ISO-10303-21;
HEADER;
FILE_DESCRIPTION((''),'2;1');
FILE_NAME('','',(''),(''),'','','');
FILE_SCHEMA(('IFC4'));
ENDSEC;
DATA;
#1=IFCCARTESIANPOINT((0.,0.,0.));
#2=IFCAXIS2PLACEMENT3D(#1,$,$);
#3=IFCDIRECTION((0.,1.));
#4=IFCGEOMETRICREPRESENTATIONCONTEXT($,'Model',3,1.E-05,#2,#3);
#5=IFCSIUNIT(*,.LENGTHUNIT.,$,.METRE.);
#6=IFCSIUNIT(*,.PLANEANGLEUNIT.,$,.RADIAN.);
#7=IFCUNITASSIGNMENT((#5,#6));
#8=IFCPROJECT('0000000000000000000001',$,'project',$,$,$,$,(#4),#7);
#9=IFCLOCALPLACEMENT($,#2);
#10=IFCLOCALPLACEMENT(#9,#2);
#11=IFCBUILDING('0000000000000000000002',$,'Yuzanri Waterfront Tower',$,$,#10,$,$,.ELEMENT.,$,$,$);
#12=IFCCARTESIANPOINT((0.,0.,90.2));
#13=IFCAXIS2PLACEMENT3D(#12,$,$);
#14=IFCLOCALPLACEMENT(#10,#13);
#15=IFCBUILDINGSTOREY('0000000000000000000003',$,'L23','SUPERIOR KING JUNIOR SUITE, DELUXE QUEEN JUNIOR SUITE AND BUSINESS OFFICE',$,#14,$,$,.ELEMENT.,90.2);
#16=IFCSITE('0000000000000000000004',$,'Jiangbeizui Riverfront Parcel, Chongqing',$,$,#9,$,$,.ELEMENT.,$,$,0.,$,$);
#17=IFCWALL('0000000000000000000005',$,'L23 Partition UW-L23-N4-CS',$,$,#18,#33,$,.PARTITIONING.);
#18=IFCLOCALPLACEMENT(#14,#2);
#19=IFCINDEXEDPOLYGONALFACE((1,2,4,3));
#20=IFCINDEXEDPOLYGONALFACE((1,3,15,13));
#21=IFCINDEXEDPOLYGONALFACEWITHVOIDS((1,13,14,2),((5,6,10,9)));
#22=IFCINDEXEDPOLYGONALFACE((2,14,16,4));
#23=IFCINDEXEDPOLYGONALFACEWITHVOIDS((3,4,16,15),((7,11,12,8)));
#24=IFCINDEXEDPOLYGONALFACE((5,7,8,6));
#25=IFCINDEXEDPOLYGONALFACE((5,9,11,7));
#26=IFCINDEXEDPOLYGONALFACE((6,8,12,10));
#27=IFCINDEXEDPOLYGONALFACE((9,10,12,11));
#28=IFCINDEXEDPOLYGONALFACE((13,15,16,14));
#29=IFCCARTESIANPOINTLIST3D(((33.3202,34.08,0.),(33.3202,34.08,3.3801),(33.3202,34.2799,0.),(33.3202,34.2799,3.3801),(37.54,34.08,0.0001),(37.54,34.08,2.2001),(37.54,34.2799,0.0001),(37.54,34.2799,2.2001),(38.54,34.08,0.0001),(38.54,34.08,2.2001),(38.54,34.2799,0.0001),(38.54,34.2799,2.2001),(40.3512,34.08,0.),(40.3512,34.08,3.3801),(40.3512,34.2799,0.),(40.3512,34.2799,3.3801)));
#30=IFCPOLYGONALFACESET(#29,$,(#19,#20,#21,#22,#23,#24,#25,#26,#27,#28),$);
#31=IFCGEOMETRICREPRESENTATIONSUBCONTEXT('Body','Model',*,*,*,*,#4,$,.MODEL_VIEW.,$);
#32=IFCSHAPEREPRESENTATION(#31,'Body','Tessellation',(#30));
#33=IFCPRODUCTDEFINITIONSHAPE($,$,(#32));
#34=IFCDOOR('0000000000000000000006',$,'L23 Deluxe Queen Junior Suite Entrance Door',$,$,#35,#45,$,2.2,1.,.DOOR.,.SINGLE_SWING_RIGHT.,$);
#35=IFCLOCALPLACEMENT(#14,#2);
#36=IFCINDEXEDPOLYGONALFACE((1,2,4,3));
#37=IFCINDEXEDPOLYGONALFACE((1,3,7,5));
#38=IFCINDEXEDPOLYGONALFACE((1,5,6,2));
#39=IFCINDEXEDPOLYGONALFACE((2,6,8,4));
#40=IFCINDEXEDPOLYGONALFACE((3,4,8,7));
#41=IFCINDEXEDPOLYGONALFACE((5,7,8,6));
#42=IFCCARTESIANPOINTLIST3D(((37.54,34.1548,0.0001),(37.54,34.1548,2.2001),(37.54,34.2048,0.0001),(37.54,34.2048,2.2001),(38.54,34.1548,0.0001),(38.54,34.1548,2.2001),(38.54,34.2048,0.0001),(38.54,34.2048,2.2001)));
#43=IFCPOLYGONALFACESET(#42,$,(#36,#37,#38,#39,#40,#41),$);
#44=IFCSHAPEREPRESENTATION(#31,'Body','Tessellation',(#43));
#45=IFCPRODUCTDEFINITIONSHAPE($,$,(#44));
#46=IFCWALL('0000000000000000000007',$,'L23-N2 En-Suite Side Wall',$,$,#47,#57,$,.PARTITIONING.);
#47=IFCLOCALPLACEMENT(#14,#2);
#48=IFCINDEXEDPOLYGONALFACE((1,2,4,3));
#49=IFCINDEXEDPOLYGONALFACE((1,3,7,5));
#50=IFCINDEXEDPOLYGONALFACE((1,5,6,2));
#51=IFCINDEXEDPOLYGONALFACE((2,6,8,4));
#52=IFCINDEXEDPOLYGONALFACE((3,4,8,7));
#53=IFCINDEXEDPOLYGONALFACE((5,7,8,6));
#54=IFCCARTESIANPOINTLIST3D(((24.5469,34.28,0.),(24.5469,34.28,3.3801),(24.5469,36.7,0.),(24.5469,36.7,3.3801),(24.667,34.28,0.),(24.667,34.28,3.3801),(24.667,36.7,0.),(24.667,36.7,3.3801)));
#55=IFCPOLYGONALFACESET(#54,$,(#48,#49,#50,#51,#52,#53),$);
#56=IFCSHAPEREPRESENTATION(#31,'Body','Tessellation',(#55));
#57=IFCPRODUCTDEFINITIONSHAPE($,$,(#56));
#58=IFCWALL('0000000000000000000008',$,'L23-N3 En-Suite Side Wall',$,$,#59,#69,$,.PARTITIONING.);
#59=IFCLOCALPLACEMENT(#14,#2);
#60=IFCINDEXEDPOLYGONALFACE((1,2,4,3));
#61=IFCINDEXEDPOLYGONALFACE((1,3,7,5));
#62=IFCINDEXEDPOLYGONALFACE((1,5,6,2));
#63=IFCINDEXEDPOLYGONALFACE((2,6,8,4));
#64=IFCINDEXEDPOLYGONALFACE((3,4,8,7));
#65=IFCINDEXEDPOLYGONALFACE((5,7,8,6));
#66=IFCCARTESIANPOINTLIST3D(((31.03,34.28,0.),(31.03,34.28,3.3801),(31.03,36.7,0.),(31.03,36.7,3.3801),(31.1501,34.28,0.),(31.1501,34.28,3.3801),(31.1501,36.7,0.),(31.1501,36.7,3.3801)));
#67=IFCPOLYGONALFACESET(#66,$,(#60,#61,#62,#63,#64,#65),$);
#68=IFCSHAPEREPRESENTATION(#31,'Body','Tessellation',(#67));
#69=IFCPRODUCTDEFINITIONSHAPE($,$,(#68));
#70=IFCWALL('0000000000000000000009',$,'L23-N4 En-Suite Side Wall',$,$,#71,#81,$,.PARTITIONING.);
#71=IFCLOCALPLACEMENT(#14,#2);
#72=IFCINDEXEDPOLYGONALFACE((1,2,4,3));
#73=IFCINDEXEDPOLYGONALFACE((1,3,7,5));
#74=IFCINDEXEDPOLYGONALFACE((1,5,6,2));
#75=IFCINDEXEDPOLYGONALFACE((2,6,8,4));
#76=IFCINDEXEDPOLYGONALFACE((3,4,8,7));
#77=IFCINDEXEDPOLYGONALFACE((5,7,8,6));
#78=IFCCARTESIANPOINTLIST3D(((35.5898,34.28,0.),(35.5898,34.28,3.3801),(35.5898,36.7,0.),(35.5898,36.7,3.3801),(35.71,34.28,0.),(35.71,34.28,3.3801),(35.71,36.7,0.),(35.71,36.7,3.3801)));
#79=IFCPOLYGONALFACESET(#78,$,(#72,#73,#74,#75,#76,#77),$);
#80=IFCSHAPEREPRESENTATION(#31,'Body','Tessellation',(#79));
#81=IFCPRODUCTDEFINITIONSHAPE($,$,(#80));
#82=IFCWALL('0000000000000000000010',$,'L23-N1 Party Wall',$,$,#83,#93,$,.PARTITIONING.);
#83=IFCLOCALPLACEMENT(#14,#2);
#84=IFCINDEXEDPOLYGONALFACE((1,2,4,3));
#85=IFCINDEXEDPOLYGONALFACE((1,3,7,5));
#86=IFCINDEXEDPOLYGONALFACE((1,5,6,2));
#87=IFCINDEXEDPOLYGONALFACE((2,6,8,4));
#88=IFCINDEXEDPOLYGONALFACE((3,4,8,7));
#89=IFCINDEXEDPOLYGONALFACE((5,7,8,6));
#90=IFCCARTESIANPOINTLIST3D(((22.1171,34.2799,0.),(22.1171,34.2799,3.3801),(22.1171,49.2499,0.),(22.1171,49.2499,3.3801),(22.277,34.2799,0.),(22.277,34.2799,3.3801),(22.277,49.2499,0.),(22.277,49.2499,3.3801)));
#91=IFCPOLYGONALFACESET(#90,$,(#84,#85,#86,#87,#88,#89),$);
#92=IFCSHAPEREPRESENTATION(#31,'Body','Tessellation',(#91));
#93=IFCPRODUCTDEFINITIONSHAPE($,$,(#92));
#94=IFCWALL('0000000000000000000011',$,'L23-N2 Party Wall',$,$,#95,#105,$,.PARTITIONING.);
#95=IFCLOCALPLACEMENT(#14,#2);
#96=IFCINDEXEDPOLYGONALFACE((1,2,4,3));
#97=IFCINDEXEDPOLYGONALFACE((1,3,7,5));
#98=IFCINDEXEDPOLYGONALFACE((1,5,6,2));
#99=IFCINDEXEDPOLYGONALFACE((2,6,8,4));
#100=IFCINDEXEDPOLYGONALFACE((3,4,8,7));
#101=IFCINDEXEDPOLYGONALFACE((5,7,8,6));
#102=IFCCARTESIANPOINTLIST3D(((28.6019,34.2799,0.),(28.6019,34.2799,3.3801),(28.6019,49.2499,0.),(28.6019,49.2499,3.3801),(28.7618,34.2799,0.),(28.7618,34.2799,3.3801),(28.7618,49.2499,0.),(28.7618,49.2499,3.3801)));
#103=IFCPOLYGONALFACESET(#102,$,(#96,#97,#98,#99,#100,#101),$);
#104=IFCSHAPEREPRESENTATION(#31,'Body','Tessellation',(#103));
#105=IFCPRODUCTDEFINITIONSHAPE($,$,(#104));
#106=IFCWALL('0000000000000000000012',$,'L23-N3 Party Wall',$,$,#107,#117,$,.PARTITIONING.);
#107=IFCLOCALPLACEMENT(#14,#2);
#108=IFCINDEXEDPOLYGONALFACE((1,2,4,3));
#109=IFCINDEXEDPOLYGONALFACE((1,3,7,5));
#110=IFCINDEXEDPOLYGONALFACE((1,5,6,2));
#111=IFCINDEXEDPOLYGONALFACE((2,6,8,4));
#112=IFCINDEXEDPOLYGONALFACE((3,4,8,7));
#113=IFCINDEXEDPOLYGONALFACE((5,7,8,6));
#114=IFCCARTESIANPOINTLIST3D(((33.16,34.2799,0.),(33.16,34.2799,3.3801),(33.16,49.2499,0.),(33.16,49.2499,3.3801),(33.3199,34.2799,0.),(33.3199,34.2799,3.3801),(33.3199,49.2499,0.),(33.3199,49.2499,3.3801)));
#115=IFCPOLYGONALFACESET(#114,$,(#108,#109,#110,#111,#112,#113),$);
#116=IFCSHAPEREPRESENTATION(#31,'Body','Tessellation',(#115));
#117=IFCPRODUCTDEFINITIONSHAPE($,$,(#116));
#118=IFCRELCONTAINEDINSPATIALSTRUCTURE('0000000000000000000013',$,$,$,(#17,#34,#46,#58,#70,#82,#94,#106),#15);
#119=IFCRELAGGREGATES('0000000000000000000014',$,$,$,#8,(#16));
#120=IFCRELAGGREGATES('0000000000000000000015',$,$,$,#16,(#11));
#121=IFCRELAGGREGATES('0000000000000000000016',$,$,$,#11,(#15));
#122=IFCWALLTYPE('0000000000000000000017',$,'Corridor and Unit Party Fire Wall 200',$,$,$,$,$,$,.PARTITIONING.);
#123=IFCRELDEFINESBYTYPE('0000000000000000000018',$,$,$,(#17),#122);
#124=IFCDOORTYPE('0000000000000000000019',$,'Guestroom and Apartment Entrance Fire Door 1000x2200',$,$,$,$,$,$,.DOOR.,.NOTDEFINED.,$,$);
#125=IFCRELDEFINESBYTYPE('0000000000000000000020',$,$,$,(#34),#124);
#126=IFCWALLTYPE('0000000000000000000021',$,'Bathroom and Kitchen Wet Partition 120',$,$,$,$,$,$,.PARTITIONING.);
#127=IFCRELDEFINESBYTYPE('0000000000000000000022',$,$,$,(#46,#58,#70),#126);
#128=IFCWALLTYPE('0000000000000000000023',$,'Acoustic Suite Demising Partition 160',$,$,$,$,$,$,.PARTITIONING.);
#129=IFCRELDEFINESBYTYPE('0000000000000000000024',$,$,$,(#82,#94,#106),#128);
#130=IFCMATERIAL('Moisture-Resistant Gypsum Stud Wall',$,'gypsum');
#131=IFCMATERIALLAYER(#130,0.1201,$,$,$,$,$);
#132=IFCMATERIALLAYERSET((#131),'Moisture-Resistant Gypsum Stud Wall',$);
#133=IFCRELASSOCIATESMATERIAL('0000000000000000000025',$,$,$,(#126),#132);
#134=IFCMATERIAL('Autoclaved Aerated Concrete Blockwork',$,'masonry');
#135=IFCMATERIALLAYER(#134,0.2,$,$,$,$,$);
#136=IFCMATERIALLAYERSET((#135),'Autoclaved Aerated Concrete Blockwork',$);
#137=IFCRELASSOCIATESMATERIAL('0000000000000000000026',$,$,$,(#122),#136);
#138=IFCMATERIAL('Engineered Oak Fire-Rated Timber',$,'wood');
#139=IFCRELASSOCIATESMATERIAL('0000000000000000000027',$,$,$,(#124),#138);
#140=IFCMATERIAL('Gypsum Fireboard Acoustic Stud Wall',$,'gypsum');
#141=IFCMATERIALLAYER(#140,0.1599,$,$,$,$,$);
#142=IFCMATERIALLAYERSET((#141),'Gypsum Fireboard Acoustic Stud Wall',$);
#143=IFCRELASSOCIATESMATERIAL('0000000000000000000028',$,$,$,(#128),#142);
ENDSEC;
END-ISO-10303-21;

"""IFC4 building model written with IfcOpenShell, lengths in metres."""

from ifc_helpers import new_model, si_unit, direction, frame, frame_2d, origin, place, context, subcontext, project, spatial, rectangle, extrude, source, transform, mapped, material, layer, layer_set, type_object, element, fill, save


model = new_model("IFC4")

# Units and contexts
model_context = context("Model", 3, precision=1e-05, world=origin(), true_north=direction((0.0, 1.0)))
body_context = subcontext(model_context, "Body", "Model", "MODEL_VIEW")
ifc_project = project(units=[si_unit("LENGTHUNIT", "METRE"), si_unit("PLANEANGLEUNIT", "RADIAN")], contexts=[model_context])

# Site, building, storey
site_placement = place(None, origin())
site = spatial("IfcSite", under=ifc_project, at=site_placement, Name="Jiangbeizui Riverfront Parcel, Chongqing", CompositionType="ELEMENT", RefElevation=0.0)
building_placement = place(site_placement, origin())
building = spatial("IfcBuilding", under=site, at=building_placement, Name="Yuzanri Waterfront Tower", CompositionType="ELEMENT")
storey_placement = place(building_placement, frame((0.0, 0.0, 90.2)))
storey = spatial("IfcBuildingStorey", under=building, at=storey_placement, Name="L23", Description="SUPERIOR KING JUNIOR SUITE, DELUXE QUEEN JUNIOR SUITE AND BUSINESS OFFICE", CompositionType="ELEMENT", Elevation=90.2)

# Wall, opening, door
ifc_material_1 = material(Name="Moisture-Resistant Gypsum Stud Wall", Category="gypsum")
ifc_layer_1 = layer(ifc_material_1, 0.1201)
ifc_layer_set_1 = layer_set([ifc_layer_1], Name="Moisture-Resistant Gypsum Stud Wall")
wall_type_1 = type_object("IfcWallType", Name="Bathroom and Kitchen Wet Partition 120", PredefinedType="PARTITIONING", material=ifc_layer_set_1)
ifc_material_2 = material(Name="Autoclaved Aerated Concrete Blockwork", Category="masonry")
ifc_layer_2 = layer(ifc_material_2, 0.2)
ifc_layer_set_2 = layer_set([ifc_layer_2], Name="Autoclaved Aerated Concrete Blockwork")
wall_type_2 = type_object("IfcWallType", Name="Corridor and Unit Party Fire Wall 200", PredefinedType="PARTITIONING", material=ifc_layer_set_2)
ifc_material_3 = material(Name="Engineered Oak Fire-Rated Timber", Category="wood")
door_type_1 = type_object("IfcDoorType", Name="Guestroom and Apartment Entrance Fire Door 1000x2200", OperationType="NOTDEFINED", PredefinedType="DOOR", material=ifc_material_3)
shared_shape_1 = source(origin(), body_context, "Body", "SweptSolid", [
    extrude(rectangle(XDim=1.0, YDim=2.2, at=frame_2d((0.5, 1.1001))), frame((0.0, 0.0249, 0.0), z_axis=(0.0, -1.0, 0.0), x_axis=(1.0, 0.0, 0.0)), (0.0, 0.0, 1.0), 0.05),
])
wall_1_placement = place(storey_placement, frame((33.3201, 34.1799, 0.0), z_axis=(0.0, 0.0, 1.0), x_axis=(1.0, 0.0, 0.0)))
wall_1 = element("IfcWall", 1, at=wall_1_placement, inside=storey, type_object=wall_type_2, Name="L23 Partition UW-L23-N4-CS", PredefinedType="PARTITIONING", context=body_context, shape_type="SweptSolid", body=[
    extrude(rectangle(XDim=7.031, YDim=0.2, at=frame_2d((3.5156, 0.0))), origin(), (0.0, 0.0, 1.0), 3.3801),
])
opening_1_placement = place(wall_1_placement, frame((4.22, 0.0, 0.0)))
opening_1 = element("IfcOpeningElement", 2, at=opening_1_placement, cuts=wall_1, PredefinedType="OPENING", context=body_context, shape_type="SweptSolid", body=[
    extrude(rectangle(XDim=1.0, YDim=2.2, at=frame_2d((0.5, 1.1001))), frame((0.0, 0.1147, 0.0), z_axis=(0.0, -1.0, 0.0), x_axis=(1.0, 0.0, 0.0)), (0.0, 0.0, 1.0), 0.2297),
])
door_1_placement = place(opening_1_placement, origin())
door_1 = element("IfcDoor", 3, at=door_1_placement, inside=storey, type_object=door_type_1, Name="L23 Deluxe Queen Junior Suite Entrance Door", OperationType="SINGLE_SWING_RIGHT", OverallHeight=2.2, OverallWidth=1.0, PredefinedType="DOOR", context=body_context, shape_type="MappedRepresentation", body=[
    mapped(shared_shape_1, transform((0.0, 0.0, 0.0), scale=1.0)),
])
fill(opening_1, door_1)

# Walls
shared_shape_2 = source(origin(), body_context, "Body", "SweptSolid", [
    extrude(rectangle(XDim=2.4199, YDim=0.1201, at=frame_2d((1.21, 0.0))), origin(), (0.0, 0.0, 1.0), 3.3801),
])
for number, where, z_axis, x_axis, name in (
    (4, (24.6069, 34.28, 0.0), (0.0, 0.0, 1.0), (0.0, 1.0, 0.0), "L23-N2 En-Suite Side Wall"),
    (5, (31.0901, 34.28, 0.0), (0.0, 0.0, 1.0), (0.0, 1.0, 0.0), "L23-N3 En-Suite Side Wall"),
    (6, (35.6499, 34.28, 0.0), (0.0, 0.0, 1.0), (0.0, 1.0, 0.0), "L23-N4 En-Suite Side Wall"),
):
    element("IfcWall", number, at=place(storey_placement, frame(where, z_axis=z_axis, x_axis=x_axis)), inside=storey, type_object=wall_type_1, Name=name, PredefinedType="PARTITIONING", context=body_context, shape_type="MappedRepresentation", body=[
        mapped(shared_shape_2, transform((0.0, 0.0, 0.0), scale=1.0)),
    ])
ifc_material_4 = material(Name="Gypsum Fireboard Acoustic Stud Wall", Category="gypsum")
ifc_layer_3 = layer(ifc_material_4, 0.1599)
ifc_layer_set_3 = layer_set([ifc_layer_3], Name="Gypsum Fireboard Acoustic Stud Wall")
wall_type_3 = type_object("IfcWallType", Name="Acoustic Suite Demising Partition 160", PredefinedType="PARTITIONING", material=ifc_layer_set_3)
shared_shape_3 = source(origin(), body_context, "Body", "SweptSolid", [
    extrude(rectangle(XDim=14.97, YDim=0.1599, at=frame_2d((7.4849, 0.0))), origin(), (0.0, 0.0, 1.0), 3.3801),
])
for number, where, z_axis, x_axis, name in (
    (7, (22.197, 34.28, 0.0), (0.0, 0.0, 1.0), (0.0, 1.0, 0.0), "L23-N1 Party Wall"),
    (8, (28.6819, 34.28, 0.0), (0.0, 0.0, 1.0), (0.0, 1.0, 0.0), "L23-N2 Party Wall"),
    (9, (33.24, 34.28, 0.0), (0.0, 0.0, 1.0), (0.0, 1.0, 0.0), "L23-N3 Party Wall"),
):
    element("IfcWall", number, at=place(storey_placement, frame(where, z_axis=z_axis, x_axis=x_axis)), inside=storey, type_object=wall_type_3, Name=name, PredefinedType="PARTITIONING", context=body_context, shape_type="MappedRepresentation", body=[
        mapped(shared_shape_3, transform((0.0, 0.0, 0.0), scale=1.0)),
    ])

save(model, "model.ifc")
